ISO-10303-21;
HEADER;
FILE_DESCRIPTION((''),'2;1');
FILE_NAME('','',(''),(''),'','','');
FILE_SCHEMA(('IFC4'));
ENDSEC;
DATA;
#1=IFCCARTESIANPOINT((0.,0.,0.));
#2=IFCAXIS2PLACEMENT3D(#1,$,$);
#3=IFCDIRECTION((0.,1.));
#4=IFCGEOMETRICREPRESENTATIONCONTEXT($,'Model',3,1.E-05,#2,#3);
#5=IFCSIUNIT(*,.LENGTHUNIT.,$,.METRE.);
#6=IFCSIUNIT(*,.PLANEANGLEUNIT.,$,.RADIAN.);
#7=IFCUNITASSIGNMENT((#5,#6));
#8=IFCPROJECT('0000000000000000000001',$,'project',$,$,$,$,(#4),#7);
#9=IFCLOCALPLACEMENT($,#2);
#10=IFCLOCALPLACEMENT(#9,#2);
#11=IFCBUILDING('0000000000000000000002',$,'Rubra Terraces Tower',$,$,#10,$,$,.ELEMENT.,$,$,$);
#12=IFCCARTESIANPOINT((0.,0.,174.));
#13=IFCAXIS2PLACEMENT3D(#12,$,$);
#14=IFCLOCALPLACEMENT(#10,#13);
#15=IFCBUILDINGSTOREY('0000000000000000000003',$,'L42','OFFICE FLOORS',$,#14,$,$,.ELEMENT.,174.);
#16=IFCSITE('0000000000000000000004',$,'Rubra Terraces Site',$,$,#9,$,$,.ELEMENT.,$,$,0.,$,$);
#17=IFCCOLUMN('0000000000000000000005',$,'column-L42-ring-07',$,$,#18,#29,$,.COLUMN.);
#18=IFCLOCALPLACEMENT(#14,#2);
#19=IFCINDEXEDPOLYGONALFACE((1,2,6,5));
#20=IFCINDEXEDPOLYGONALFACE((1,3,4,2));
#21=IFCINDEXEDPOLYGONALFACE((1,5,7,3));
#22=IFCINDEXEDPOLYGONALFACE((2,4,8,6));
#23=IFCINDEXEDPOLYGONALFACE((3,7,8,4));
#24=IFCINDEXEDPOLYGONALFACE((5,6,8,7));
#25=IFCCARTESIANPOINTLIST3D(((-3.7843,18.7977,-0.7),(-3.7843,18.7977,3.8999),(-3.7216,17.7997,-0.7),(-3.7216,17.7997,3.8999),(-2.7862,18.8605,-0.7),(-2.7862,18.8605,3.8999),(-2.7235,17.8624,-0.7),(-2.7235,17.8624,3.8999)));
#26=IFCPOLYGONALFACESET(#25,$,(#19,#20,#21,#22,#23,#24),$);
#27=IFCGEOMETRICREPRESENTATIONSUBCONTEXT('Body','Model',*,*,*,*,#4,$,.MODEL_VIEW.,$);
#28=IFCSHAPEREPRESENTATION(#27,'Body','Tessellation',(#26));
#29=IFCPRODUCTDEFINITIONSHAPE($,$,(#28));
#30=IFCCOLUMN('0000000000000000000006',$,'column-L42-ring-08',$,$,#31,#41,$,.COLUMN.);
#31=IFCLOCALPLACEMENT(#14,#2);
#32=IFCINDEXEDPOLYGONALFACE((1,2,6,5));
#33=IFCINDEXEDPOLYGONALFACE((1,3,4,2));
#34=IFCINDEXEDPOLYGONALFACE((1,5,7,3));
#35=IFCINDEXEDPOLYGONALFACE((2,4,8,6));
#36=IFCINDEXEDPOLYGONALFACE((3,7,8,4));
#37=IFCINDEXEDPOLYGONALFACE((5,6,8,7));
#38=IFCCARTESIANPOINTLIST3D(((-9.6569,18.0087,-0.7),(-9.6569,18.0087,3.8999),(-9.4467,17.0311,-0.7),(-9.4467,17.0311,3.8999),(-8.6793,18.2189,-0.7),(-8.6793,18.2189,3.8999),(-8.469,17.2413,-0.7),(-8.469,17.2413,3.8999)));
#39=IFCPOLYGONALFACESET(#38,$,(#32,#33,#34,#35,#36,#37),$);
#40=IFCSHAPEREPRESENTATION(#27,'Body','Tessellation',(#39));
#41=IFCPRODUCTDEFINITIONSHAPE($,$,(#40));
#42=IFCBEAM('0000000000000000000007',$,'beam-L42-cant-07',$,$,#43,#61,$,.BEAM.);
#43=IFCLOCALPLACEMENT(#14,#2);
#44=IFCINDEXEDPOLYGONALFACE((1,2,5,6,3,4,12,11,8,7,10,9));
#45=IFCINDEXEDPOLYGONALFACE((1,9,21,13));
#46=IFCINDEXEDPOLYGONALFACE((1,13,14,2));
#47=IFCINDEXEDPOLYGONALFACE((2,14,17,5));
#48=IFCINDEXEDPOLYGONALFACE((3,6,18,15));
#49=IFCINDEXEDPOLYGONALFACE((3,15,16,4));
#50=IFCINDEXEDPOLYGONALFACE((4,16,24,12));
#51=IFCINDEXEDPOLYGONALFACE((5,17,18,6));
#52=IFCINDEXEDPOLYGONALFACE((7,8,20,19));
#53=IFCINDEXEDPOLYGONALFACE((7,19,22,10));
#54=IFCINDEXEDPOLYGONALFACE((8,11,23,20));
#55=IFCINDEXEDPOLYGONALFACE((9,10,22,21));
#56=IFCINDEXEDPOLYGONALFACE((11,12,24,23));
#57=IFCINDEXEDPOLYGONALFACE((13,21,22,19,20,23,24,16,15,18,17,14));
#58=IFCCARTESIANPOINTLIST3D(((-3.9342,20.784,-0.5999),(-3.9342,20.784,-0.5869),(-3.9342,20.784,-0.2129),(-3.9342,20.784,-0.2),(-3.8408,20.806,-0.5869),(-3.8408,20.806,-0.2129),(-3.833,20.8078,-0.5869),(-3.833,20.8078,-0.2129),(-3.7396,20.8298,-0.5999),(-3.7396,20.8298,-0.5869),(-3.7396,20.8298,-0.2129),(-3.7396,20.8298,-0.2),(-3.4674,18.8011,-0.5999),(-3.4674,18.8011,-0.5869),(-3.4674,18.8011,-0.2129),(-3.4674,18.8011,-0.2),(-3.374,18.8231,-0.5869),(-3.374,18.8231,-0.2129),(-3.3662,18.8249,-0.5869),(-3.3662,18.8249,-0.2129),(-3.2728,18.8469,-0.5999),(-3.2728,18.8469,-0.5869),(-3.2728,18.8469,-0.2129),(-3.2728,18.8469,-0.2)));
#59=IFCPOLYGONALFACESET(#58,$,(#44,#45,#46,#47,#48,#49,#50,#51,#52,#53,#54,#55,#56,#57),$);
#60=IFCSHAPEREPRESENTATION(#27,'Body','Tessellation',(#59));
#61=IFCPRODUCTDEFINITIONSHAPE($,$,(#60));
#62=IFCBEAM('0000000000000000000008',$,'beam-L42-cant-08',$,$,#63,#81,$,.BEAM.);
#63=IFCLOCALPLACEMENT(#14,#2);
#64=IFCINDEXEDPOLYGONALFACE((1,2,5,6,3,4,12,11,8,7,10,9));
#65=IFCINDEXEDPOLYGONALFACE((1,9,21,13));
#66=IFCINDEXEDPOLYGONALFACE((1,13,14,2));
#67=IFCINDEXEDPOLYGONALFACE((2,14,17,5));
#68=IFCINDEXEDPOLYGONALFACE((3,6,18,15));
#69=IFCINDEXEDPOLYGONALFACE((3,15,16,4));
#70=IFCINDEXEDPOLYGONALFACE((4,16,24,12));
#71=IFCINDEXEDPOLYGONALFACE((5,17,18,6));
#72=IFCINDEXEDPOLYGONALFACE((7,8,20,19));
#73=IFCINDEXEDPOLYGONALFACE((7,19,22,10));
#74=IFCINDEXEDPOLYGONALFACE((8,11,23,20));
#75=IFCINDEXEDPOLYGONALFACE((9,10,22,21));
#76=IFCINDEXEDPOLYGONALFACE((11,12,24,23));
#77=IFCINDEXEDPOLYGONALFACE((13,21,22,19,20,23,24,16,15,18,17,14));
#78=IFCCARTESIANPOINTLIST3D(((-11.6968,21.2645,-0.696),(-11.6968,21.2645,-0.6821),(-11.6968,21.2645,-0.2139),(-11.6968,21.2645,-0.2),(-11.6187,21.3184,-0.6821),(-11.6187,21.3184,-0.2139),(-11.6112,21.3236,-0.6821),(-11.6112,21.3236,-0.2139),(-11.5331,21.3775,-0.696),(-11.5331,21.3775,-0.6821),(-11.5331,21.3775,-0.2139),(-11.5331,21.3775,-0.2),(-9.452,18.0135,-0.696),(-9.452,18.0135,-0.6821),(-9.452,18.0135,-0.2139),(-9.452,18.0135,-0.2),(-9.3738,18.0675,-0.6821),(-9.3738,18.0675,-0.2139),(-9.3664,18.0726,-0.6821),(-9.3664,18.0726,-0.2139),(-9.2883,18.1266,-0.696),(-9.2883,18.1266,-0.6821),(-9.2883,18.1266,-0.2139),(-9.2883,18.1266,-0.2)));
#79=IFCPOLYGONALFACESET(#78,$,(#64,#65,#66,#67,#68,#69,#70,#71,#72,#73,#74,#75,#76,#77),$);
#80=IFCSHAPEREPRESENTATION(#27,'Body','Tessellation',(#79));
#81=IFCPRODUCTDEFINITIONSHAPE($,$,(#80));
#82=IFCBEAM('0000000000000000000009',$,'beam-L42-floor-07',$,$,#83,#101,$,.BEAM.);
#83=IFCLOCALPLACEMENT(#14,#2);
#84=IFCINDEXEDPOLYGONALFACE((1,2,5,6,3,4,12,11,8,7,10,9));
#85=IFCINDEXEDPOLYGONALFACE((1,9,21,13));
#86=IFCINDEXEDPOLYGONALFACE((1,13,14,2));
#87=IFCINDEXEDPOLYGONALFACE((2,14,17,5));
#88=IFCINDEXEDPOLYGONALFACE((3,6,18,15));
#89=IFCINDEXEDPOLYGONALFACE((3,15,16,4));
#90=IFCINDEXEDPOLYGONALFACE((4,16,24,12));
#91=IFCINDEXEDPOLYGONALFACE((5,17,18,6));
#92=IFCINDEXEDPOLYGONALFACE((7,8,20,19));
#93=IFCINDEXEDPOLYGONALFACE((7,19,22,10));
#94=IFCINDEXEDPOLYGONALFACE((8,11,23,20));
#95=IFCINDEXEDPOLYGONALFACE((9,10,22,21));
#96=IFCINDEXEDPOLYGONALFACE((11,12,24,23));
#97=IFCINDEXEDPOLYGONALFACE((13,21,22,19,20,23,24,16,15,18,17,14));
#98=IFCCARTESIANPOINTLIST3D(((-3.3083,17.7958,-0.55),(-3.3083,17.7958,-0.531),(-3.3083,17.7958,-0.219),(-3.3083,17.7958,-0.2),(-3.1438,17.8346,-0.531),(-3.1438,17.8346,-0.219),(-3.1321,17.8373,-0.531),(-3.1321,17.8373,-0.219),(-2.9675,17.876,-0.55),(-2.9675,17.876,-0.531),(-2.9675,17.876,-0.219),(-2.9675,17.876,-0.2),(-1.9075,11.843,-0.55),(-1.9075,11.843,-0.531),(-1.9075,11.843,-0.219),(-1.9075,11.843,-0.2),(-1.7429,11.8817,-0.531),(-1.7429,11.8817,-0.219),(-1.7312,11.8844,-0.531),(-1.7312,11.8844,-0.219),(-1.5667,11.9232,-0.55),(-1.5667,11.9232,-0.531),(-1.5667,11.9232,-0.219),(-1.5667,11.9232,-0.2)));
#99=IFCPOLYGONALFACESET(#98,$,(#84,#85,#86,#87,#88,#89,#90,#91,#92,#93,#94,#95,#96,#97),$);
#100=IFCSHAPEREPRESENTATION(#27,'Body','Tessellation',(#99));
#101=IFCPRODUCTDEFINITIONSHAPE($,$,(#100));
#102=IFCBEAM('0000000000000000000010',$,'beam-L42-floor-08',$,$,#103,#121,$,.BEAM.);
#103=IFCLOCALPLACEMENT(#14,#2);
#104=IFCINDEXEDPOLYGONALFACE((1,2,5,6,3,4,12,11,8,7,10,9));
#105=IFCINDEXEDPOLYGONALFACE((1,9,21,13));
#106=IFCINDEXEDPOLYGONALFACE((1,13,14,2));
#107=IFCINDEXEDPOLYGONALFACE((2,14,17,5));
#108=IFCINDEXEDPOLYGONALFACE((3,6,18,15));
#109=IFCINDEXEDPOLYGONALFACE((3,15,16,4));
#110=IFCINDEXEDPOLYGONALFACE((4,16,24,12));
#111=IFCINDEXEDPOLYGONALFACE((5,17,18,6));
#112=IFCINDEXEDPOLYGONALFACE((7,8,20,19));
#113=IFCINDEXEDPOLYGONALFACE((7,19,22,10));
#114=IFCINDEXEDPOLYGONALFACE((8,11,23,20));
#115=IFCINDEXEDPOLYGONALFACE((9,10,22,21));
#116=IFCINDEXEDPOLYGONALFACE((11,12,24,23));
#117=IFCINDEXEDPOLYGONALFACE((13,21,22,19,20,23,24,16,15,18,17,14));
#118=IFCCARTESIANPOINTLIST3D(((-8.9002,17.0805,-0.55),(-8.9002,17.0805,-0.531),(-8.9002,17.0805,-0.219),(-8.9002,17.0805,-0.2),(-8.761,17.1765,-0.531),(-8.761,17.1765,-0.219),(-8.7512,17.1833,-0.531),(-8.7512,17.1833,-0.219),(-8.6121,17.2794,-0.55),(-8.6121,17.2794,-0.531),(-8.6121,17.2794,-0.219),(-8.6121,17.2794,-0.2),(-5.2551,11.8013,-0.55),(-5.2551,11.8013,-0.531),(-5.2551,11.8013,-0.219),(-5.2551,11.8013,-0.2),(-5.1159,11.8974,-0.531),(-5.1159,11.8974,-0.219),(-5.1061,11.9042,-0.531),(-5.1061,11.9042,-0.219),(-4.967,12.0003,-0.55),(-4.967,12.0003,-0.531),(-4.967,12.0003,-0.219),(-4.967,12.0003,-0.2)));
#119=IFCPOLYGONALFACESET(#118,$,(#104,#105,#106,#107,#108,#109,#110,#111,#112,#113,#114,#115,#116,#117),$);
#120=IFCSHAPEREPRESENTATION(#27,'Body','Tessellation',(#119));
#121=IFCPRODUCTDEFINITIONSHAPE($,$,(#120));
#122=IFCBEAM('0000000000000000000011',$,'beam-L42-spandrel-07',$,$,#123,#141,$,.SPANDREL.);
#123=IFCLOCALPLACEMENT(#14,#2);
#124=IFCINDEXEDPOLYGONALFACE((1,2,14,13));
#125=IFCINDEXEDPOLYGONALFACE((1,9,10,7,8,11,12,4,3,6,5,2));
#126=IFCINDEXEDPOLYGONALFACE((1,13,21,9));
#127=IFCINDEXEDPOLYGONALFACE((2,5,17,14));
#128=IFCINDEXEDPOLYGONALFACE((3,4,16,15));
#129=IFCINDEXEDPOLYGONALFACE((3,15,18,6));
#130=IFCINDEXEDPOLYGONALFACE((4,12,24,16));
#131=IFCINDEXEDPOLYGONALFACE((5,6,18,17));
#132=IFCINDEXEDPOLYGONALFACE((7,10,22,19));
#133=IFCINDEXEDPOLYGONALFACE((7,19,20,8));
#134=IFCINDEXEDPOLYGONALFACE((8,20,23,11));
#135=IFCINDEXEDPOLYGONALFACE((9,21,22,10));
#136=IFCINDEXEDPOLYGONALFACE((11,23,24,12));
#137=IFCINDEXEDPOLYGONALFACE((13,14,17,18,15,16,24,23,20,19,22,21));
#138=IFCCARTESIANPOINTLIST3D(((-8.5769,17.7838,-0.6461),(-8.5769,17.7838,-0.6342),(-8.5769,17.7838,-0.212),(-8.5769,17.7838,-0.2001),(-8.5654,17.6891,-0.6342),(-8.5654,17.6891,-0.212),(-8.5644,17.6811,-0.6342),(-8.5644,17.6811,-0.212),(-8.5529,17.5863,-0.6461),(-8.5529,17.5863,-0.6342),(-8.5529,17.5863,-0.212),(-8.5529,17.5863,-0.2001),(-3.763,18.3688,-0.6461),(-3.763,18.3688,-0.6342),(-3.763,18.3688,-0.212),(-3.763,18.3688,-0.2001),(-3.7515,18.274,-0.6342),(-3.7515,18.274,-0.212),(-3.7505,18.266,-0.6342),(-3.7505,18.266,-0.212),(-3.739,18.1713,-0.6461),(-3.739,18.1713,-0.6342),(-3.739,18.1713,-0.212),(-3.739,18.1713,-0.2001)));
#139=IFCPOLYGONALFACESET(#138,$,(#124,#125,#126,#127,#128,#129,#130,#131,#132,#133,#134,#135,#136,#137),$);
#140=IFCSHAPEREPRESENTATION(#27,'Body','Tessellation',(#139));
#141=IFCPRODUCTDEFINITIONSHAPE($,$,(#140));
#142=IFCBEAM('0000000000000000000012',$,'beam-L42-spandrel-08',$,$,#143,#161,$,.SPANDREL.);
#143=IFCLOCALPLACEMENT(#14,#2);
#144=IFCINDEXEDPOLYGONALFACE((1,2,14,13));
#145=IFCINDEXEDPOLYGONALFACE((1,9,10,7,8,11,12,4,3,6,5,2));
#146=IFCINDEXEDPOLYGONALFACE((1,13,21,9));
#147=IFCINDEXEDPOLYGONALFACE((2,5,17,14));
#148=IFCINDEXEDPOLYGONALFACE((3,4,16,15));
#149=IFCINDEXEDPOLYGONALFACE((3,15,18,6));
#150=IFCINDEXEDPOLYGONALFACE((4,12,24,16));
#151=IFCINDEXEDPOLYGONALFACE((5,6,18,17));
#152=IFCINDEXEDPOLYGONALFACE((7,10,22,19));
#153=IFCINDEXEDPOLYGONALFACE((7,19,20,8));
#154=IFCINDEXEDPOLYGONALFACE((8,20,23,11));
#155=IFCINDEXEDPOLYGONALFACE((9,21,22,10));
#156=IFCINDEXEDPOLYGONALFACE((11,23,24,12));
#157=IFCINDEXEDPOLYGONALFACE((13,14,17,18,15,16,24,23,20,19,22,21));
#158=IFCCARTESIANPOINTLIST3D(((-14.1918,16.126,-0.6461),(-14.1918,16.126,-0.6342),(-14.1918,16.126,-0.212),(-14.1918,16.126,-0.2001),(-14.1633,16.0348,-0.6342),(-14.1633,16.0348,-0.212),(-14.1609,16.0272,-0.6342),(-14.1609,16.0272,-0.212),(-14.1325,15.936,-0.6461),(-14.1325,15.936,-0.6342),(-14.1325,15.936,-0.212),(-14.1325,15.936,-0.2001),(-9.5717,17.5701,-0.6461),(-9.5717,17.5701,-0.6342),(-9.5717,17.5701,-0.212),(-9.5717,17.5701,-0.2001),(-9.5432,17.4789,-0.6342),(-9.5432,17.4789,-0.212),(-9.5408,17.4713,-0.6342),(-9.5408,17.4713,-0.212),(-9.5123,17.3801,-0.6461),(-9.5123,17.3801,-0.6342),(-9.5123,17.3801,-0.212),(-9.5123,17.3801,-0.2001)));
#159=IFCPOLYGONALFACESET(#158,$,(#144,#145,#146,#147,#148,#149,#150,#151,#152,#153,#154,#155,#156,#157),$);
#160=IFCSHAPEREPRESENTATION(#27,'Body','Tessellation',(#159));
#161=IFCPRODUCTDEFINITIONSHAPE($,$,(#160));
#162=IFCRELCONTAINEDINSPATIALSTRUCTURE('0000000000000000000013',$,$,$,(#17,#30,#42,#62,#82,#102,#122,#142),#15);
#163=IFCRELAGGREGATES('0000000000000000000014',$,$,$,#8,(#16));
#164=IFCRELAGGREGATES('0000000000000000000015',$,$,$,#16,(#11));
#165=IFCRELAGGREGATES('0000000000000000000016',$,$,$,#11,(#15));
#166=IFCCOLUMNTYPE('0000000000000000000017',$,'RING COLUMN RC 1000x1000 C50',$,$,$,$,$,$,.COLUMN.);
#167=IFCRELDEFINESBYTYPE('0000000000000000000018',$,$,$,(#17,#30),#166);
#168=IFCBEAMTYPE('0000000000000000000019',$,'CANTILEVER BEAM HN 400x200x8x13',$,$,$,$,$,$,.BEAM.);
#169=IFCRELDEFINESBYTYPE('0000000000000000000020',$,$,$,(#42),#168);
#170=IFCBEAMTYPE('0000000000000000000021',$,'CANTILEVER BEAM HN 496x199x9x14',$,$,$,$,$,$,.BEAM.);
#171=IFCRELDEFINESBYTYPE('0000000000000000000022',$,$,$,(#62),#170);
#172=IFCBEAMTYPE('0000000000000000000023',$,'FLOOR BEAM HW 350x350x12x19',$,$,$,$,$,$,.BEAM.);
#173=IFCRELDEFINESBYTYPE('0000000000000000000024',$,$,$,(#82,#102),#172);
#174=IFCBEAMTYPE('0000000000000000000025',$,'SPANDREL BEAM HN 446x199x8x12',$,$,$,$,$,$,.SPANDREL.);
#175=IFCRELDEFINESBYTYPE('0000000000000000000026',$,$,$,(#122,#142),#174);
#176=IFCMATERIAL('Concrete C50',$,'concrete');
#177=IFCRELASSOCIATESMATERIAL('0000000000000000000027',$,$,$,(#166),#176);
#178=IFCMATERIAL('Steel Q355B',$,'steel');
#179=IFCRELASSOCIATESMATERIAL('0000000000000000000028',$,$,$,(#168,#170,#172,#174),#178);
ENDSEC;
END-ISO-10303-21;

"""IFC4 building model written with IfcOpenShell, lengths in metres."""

from ifc_helpers import new_model, si_unit, direction, frame, origin, origin_2d, place, context, subcontext, project, spatial, rectangle, i_section, extrude, material, material_profile, profile_set, type_object, element, save


model = new_model("IFC4")

# Units and contexts
model_context = context("Model", 3, precision=1e-05, world=origin(), true_north=direction((0.0, 1.0)))
body_context = subcontext(model_context, "Body", "Model", "MODEL_VIEW")
ifc_project = project(units=[si_unit("LENGTHUNIT", "METRE"), si_unit("PLANEANGLEUNIT", "RADIAN")], contexts=[model_context])

# Site, building, storey
site_placement = place(None, origin())
site = spatial("IfcSite", under=ifc_project, at=site_placement, Name="Rubra Terraces Site", CompositionType="ELEMENT", RefElevation=0.0)
building_placement = place(site_placement, origin())
building = spatial("IfcBuilding", under=site, at=building_placement, Name="Rubra Terraces Tower", CompositionType="ELEMENT")
storey_placement = place(building_placement, frame((0.0, 0.0, 174.0)))
storey = spatial("IfcBuildingStorey", under=building, at=storey_placement, Name="L42", Description="OFFICE FLOORS", CompositionType="ELEMENT", Elevation=174.0)

# Columns
ifc_material_1 = material(Name="Concrete C50", Category="concrete")
ifc_material_profile_1 = material_profile(ifc_material_1, rectangle(XDim=1.0, YDim=1.0, at=origin_2d()), Name="RC 1000x1000")
ifc_profile_set_1 = profile_set([ifc_material_profile_1], Name="Concrete C50")
column_type = type_object("IfcColumnType", Name="RING COLUMN RC 1000x1000 C50", PredefinedType="COLUMN", material=ifc_profile_set_1)
for number, where, z_axis, x_axis, name in (
    (1, (-3.2539, 18.3301, -0.7), (0.0, 0.0, 1.0), (-0.998032, -0.062714, 0.0), "column-L42-ring-07"),
    (2, (-9.063, 17.625, -0.7), (0.0, 0.0, 1.0), (-0.977653, -0.210227, 0.0), "column-L42-ring-08"),
):
    element("IfcColumn", number, at=place(storey_placement, frame(where, z_axis=z_axis, x_axis=x_axis)), inside=storey, type_object=column_type, Name=name, PredefinedType="COLUMN", context=body_context, shape_type="SweptSolid", body=[
        extrude(rectangle(XDim=1.0, YDim=1.0, at=origin_2d()), origin(), (0.0, 0.0, 1.0), 4.5999),
    ])

# Beams
ifc_material_2 = material(Name="Steel Q355B", Category="steel")
ifc_material_profile_2 = material_profile(ifc_material_2, i_section(OverallWidth=0.2, OverallDepth=0.3999, WebThickness=0.0081, FlangeThickness=0.0129, at=origin_2d()), Name="HN 400x200x8x13")
ifc_profile_set_2 = profile_set([ifc_material_profile_2], Name="Steel Q355B")
beam_type_1 = type_object("IfcBeamType", Name="CANTILEVER BEAM HN 400x200x8x13", PredefinedType="BEAM", material=ifc_profile_set_2)
beam_1_placement = place(storey_placement, frame((-3.3701, 18.824, -0.3999), z_axis=(-0.229146, 0.973392, 0.0), x_axis=(-0.973392, -0.229146, 0.0)))
element("IfcBeam", 3, at=beam_1_placement, inside=storey, type_object=beam_type_1, Name="beam-L42-cant-07", PredefinedType="BEAM", context=body_context, shape_type="SweptSolid", body=[
    extrude(i_section(OverallWidth=0.2, OverallDepth=0.3999, WebThickness=0.0081, FlangeThickness=0.0129, at=origin_2d()), origin(), (0.0, 0.0, 1.0), 2.0371),
])
ifc_material_profile_3 = material_profile(ifc_material_2, i_section(OverallWidth=0.199, OverallDepth=0.4961, WebThickness=0.009, FlangeThickness=0.0139, at=origin_2d()), Name="HN 496x199x9x14")
ifc_profile_set_3 = profile_set([ifc_material_profile_3], Name="Steel Q355B")
beam_type_2 = type_object("IfcBeamType", Name="CANTILEVER BEAM HN 496x199x9x14", PredefinedType="BEAM", material=ifc_profile_set_3)
beam_2_placement = place(storey_placement, frame((-9.3701, 18.0701, -0.448), z_axis=(-0.568217, 0.822879, 0.0), x_axis=(-0.822879, -0.568217, 0.0)))
element("IfcBeam", 4, at=beam_2_placement, inside=storey, type_object=beam_type_2, Name="beam-L42-cant-08", PredefinedType="BEAM", context=body_context, shape_type="SweptSolid", body=[
    extrude(i_section(OverallWidth=0.199, OverallDepth=0.4961, WebThickness=0.009, FlangeThickness=0.0139, at=origin_2d()), origin(), (0.0, 0.0, 1.0), 3.9507),
])
ifc_material_profile_4 = material_profile(ifc_material_2, i_section(OverallWidth=0.3501, OverallDepth=0.3501, WebThickness=0.012, FlangeThickness=0.019, at=origin_2d()), Name="HW 350x350x12x19")
ifc_profile_set_4 = profile_set([ifc_material_profile_4], Name="Steel Q355B")
beam_type_3 = type_object("IfcBeamType", Name="FLOOR BEAM HW 350x350x12x19", PredefinedType="BEAM", material=ifc_profile_set_4)
beam_3_placement = place(storey_placement, frame((-3.1379, 17.8359, -0.375), z_axis=(0.22907, -0.97341, 0.0), x_axis=(0.97341, 0.22907, 0.0)))
element("IfcBeam", 5, at=beam_3_placement, inside=storey, type_object=beam_type_3, Name="beam-L42-floor-07", PredefinedType="BEAM", context=body_context, shape_type="SweptSolid", body=[
    extrude(i_section(OverallWidth=0.3501, OverallDepth=0.3501, WebThickness=0.012, FlangeThickness=0.019, at=origin_2d()), origin(), (0.0, 0.0, 1.0), 6.1155),
])
beam_4_placement = place(storey_placement, frame((-8.7561, 17.1799, -0.375), z_axis=(0.568186, -0.8229, 0.0), x_axis=(0.8229, 0.568186, 0.0)))
element("IfcBeam", 6, at=beam_4_placement, inside=storey, type_object=beam_type_3, Name="beam-L42-floor-08", PredefinedType="BEAM", context=body_context, shape_type="SweptSolid", body=[
    extrude(i_section(OverallWidth=0.3501, OverallDepth=0.3501, WebThickness=0.012, FlangeThickness=0.019, at=origin_2d()), origin(), (0.0, 0.0, 1.0), 6.4153),
])
ifc_material_profile_5 = material_profile(ifc_material_2, i_section(OverallWidth=0.199, OverallDepth=0.446, WebThickness=0.0081, FlangeThickness=0.012, at=origin_2d()), Name="HN 446x199x8x12")
ifc_profile_set_5 = profile_set([ifc_material_profile_5], Name="Steel Q355B")
beam_type_4 = type_object("IfcBeamType", Name="SPANDREL BEAM HN 446x199x8x12", PredefinedType="SPANDREL", material=ifc_profile_set_5)
beam_5_placement = place(storey_placement, frame((-3.751, 18.27, -0.4231), z_axis=(-0.992698, -0.120626, 0.0), x_axis=(0.120626, -0.992698, 0.0)))
element("IfcBeam", 7, at=beam_5_placement, inside=storey, type_object=beam_type_4, Name="beam-L42-spandrel-07", PredefinedType="SPANDREL", context=body_context, shape_type="SweptSolid", body=[
    extrude(i_section(OverallWidth=0.199, OverallDepth=0.446, WebThickness=0.0081, FlangeThickness=0.012, at=origin_2d()), origin(), (0.0, 0.0, 1.0), 4.8494),
])
beam_6_placement = place(storey_placement, frame((-9.542, 17.4751, -0.4231), z_axis=(-0.954462, -0.298332, 0.0), x_axis=(0.298332, -0.954462, 0.0)))
element("IfcBeam", 8, at=beam_6_placement, inside=storey, type_object=beam_type_4, Name="beam-L42-spandrel-08", PredefinedType="SPANDREL", context=body_context, shape_type="SweptSolid", body=[
    extrude(i_section(OverallWidth=0.199, OverallDepth=0.446, WebThickness=0.0081, FlangeThickness=0.012, at=origin_2d()), origin(), (0.0, 0.0, 1.0), 4.8406),
])

save(model, "model.ifc")
